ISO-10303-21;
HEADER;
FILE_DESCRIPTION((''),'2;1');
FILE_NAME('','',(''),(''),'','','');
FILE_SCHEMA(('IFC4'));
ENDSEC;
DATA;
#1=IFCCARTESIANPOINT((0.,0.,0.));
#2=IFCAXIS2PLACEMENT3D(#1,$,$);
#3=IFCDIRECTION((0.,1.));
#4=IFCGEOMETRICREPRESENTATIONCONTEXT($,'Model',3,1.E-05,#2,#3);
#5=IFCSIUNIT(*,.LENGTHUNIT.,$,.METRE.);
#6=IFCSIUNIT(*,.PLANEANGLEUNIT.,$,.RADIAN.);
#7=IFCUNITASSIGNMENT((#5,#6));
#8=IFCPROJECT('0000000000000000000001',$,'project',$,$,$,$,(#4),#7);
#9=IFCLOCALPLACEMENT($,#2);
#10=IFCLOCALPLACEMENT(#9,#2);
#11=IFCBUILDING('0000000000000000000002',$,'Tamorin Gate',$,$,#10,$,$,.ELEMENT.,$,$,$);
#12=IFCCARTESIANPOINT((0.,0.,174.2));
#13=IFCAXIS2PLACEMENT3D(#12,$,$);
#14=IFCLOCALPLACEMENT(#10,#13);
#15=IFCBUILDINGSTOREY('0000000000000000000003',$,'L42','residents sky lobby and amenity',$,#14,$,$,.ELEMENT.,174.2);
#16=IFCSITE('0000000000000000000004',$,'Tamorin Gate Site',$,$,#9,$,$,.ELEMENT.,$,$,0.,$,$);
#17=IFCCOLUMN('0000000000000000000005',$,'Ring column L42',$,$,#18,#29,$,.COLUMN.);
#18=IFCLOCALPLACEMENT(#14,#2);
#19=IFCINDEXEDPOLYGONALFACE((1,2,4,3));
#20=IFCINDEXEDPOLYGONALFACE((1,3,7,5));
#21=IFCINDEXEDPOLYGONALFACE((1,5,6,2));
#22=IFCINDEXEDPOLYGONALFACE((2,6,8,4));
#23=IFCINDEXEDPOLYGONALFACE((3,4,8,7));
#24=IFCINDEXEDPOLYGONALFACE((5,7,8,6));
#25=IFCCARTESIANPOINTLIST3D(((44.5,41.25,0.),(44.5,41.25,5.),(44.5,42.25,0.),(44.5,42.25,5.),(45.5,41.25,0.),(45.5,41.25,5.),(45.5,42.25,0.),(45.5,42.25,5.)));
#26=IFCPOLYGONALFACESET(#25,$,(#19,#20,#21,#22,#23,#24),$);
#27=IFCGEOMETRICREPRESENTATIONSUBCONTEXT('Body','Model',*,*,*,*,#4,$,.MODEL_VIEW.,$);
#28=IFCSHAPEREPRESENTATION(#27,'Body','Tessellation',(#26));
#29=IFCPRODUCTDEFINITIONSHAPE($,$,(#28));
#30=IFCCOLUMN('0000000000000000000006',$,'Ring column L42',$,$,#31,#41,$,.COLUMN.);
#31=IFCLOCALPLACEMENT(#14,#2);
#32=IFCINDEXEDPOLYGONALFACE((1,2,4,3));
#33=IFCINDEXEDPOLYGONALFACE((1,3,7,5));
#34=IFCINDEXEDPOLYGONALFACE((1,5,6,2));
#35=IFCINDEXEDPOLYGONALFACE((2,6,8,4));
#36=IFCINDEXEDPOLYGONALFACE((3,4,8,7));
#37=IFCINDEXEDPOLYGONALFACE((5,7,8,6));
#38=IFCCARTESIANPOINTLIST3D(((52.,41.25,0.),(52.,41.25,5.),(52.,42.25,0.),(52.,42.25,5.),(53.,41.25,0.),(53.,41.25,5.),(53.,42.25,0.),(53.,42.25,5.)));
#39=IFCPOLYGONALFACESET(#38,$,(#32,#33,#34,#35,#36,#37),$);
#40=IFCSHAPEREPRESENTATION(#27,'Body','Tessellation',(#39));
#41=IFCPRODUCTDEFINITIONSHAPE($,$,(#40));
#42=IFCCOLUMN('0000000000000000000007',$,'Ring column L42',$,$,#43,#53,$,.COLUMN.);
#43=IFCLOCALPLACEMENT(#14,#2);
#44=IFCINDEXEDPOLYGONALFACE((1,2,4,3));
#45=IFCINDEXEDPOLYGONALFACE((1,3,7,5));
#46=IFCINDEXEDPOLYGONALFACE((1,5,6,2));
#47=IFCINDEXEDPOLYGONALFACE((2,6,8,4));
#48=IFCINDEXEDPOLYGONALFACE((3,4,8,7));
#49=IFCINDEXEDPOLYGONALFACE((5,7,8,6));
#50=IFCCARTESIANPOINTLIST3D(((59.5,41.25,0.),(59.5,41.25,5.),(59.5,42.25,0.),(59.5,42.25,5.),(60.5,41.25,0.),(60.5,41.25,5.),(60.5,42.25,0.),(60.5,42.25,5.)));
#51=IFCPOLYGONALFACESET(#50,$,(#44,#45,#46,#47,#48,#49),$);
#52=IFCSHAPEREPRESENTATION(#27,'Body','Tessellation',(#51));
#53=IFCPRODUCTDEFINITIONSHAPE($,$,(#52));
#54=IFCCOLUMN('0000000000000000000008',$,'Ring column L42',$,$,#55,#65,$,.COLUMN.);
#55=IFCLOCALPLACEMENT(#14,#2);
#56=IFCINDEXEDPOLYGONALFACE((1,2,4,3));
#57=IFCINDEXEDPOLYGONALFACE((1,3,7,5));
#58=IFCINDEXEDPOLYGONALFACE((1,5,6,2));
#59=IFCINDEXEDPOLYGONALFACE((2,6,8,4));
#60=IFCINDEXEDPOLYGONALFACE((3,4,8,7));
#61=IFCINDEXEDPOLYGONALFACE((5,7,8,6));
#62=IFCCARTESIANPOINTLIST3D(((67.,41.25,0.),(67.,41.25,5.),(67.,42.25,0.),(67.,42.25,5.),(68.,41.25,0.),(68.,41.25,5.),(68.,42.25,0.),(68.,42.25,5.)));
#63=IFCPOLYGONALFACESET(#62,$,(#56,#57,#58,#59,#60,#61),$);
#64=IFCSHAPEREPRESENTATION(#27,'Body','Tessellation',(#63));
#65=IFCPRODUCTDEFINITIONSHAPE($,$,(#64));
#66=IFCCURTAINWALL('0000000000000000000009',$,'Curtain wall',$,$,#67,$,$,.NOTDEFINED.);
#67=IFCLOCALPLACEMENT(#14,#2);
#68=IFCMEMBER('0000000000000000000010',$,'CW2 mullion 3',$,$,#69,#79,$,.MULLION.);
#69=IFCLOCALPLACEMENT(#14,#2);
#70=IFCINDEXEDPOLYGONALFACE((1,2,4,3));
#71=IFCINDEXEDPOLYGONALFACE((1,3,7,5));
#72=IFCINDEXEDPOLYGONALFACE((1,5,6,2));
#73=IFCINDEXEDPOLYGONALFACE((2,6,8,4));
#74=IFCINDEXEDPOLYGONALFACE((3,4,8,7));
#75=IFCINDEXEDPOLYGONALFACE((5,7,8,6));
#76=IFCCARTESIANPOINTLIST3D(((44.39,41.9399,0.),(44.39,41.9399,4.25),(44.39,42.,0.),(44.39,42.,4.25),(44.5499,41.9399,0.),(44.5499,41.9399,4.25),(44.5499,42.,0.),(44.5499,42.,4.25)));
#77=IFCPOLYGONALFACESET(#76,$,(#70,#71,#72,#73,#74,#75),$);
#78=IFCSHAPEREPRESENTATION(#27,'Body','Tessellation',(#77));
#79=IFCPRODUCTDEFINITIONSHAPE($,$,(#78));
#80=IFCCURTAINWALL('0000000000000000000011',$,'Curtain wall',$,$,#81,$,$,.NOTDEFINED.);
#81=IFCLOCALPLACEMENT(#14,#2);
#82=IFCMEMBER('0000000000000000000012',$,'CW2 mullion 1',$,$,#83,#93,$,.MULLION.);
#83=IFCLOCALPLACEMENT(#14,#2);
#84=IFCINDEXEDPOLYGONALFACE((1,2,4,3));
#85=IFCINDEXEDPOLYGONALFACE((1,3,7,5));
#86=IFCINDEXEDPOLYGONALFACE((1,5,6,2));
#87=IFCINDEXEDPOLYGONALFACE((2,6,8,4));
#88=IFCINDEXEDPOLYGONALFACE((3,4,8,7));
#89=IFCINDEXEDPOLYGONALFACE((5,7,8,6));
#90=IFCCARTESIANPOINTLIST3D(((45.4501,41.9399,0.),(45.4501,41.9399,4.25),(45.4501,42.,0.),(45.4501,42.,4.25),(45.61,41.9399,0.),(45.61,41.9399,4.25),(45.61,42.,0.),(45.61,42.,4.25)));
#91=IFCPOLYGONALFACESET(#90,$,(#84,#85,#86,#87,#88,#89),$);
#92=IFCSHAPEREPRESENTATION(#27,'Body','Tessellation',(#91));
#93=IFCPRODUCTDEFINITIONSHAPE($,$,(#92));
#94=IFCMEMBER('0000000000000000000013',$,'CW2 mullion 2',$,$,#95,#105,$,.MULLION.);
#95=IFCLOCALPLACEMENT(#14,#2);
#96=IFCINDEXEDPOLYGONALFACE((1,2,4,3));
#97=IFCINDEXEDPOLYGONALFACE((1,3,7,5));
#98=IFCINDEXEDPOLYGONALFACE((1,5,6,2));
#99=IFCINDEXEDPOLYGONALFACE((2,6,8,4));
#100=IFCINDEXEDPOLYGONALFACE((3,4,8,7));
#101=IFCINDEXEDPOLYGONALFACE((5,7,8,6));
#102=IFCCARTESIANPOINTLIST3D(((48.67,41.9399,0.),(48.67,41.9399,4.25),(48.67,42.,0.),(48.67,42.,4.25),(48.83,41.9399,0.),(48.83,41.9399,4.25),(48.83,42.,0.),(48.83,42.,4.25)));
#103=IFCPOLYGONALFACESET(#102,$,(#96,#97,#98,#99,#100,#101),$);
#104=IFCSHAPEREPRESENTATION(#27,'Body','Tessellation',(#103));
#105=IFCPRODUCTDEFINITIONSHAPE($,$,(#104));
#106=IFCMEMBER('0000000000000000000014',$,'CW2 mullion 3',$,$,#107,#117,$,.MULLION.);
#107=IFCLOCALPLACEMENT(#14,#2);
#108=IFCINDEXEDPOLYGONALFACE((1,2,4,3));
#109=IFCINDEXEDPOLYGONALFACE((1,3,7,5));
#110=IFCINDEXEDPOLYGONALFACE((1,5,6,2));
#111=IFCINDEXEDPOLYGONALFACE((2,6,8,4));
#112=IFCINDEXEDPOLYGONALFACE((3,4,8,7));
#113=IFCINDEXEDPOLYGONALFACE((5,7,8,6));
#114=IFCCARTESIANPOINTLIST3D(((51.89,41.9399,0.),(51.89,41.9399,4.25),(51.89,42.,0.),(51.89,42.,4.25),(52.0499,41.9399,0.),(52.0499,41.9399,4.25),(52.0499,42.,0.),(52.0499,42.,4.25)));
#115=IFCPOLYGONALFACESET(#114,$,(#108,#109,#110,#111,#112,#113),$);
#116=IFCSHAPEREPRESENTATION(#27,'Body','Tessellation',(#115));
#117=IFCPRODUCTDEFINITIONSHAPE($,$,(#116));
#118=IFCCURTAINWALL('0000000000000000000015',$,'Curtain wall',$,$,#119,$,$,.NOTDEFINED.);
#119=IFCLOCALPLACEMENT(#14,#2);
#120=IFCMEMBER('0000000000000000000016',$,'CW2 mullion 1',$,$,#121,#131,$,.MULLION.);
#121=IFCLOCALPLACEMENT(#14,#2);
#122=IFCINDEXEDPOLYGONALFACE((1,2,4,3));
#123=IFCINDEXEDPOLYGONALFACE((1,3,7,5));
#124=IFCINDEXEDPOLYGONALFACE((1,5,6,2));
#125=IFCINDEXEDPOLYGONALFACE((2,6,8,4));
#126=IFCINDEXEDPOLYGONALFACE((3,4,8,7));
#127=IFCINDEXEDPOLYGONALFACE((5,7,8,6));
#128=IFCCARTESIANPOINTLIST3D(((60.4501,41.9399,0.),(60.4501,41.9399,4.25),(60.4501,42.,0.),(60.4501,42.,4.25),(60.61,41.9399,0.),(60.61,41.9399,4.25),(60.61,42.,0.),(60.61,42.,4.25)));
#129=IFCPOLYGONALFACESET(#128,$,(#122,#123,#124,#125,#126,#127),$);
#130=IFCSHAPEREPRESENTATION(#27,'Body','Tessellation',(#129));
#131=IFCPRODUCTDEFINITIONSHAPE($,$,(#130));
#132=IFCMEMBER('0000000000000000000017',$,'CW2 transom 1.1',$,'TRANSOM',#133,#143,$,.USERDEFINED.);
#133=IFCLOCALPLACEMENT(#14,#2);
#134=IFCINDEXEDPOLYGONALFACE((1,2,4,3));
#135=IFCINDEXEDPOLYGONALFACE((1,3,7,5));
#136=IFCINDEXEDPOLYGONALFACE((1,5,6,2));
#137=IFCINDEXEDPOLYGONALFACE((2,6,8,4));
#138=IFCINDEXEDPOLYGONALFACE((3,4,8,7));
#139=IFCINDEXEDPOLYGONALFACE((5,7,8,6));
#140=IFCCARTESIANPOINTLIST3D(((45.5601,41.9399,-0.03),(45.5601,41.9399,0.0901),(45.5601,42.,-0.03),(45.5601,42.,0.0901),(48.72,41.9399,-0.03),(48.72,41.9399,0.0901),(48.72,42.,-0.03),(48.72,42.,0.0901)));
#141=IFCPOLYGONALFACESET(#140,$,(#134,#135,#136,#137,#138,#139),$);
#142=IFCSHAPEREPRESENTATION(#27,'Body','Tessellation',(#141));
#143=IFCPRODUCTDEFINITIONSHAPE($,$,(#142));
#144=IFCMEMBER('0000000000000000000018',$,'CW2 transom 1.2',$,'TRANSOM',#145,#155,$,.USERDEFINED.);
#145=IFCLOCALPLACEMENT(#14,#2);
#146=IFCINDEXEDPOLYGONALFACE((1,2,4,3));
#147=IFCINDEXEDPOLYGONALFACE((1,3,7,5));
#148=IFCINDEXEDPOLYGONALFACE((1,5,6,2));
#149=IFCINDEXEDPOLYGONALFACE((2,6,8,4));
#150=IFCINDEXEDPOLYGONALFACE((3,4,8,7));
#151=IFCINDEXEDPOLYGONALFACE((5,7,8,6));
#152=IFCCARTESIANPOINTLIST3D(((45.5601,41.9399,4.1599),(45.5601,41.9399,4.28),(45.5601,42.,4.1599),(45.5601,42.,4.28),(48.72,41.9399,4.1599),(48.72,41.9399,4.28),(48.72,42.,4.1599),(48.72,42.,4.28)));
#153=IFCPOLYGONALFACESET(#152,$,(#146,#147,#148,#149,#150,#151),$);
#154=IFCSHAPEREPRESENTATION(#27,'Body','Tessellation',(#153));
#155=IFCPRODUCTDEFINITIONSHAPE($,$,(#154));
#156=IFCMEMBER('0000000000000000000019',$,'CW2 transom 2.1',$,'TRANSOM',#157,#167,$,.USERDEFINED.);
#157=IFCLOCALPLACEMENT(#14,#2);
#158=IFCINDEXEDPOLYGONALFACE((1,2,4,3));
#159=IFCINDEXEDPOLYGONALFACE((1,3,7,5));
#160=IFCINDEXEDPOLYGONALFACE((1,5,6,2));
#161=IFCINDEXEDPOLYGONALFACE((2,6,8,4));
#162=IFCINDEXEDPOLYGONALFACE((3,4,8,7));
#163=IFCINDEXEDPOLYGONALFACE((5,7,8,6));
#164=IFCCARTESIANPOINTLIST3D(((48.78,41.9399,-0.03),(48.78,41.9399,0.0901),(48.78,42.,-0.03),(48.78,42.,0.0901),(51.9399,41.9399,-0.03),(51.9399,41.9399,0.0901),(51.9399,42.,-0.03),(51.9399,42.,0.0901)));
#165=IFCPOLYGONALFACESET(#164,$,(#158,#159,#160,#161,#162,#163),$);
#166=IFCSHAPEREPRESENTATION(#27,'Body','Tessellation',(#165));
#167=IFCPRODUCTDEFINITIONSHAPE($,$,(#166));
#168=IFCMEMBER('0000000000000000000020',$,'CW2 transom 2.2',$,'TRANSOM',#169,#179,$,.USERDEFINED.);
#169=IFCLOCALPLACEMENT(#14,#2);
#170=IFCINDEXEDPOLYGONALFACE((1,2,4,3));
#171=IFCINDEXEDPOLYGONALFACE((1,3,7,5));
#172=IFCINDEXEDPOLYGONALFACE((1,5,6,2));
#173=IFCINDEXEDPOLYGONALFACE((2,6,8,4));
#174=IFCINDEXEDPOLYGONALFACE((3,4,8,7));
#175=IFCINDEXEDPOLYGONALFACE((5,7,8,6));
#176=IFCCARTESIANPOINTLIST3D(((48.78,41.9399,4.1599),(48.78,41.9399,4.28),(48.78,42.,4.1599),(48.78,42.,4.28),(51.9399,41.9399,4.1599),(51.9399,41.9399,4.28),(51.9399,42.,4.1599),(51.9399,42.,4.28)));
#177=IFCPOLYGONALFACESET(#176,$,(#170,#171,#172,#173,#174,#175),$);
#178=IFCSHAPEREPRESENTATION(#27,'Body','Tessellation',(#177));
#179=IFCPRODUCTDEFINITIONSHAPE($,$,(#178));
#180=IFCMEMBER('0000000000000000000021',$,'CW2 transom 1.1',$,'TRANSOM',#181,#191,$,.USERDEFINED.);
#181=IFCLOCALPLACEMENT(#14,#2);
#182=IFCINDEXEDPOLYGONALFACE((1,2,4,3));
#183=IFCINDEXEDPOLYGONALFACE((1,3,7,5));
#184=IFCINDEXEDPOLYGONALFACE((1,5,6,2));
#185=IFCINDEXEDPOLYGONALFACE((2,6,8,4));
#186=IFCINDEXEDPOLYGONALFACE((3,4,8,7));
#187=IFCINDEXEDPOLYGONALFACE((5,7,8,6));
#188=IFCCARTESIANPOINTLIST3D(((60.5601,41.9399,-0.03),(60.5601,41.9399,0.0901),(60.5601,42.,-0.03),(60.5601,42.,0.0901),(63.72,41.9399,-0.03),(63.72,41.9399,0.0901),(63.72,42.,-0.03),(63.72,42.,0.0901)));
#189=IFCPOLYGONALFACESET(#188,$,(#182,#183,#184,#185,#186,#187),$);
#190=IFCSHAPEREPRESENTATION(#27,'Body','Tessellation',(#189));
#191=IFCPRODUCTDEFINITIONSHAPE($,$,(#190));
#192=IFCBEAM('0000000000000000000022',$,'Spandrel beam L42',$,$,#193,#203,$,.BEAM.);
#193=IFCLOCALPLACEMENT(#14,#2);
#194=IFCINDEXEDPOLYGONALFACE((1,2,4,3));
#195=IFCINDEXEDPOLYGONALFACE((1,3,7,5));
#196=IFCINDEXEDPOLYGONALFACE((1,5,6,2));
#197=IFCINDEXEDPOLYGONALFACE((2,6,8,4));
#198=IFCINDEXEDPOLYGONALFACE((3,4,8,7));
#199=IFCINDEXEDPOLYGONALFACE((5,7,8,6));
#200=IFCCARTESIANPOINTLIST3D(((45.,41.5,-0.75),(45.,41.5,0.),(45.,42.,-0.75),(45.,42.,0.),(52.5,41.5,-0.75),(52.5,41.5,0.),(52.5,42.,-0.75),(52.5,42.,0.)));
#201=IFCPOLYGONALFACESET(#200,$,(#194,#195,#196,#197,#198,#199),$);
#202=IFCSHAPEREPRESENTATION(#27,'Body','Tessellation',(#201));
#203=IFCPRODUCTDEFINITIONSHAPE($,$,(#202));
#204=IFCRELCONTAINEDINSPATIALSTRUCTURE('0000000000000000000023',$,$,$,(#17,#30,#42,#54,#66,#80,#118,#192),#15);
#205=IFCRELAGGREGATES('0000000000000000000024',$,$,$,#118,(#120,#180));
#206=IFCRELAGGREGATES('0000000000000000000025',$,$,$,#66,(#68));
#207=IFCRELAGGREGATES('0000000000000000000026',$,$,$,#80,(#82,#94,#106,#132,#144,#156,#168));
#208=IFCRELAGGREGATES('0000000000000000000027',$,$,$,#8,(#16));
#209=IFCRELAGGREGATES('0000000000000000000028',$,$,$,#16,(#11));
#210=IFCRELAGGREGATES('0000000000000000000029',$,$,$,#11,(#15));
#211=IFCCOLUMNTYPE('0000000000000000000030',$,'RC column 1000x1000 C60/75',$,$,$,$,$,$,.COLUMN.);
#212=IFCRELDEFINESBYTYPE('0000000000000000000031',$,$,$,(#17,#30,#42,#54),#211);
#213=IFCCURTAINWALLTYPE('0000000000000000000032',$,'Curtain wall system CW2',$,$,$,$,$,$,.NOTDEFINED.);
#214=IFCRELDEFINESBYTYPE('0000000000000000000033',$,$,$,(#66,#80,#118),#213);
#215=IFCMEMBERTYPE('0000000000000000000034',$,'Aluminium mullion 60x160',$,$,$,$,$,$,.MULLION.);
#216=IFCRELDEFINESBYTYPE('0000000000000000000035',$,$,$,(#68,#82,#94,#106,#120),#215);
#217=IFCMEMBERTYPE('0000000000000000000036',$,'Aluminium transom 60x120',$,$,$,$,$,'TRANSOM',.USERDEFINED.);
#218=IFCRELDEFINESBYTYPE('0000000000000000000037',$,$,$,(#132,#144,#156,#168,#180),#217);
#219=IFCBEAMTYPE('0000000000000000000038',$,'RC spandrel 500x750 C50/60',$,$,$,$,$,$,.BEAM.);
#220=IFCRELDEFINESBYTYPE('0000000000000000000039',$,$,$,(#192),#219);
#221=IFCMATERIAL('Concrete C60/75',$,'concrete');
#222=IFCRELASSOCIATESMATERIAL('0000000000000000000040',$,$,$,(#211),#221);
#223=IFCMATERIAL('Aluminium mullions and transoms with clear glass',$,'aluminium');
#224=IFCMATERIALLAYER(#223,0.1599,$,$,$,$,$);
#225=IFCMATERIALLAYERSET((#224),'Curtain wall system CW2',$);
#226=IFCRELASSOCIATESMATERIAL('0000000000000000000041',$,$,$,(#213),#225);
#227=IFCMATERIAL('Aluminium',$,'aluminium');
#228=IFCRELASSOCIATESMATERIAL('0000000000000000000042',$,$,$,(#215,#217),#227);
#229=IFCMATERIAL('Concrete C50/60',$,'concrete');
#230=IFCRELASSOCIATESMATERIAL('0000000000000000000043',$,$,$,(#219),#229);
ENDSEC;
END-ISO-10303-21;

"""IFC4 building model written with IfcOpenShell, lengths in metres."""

from ifc_helpers import new_model, si_unit, direction, frame, origin, origin_2d, place, context, subcontext, project, spatial, rectangle, extrude, material, layer, layer_set, material_profile, profile_set, type_object, element, aggregate, save


model = new_model("IFC4")

# Units and contexts
model_context = context("Model", 3, precision=1e-05, world=origin(), true_north=direction((0.0, 1.0)))
body_context = subcontext(model_context, "Body", "Model", "MODEL_VIEW")
ifc_project = project(units=[si_unit("LENGTHUNIT", "METRE"), si_unit("PLANEANGLEUNIT", "RADIAN")], contexts=[model_context])

# Site, building, storey
site_placement = place(None, origin())
site = spatial("IfcSite", under=ifc_project, at=site_placement, Name="Tamorin Gate Site", CompositionType="ELEMENT", RefElevation=0.0)
building_placement = place(site_placement, origin())
building = spatial("IfcBuilding", under=site, at=building_placement, Name="Tamorin Gate", CompositionType="ELEMENT")
storey_placement = place(building_placement, frame((0.0, 0.0, 174.2)))
storey = spatial("IfcBuildingStorey", under=building, at=storey_placement, Name="L42", Description="residents sky lobby and amenity", CompositionType="ELEMENT", Elevation=174.2)

# Columns
ifc_material_1 = material(Name="Concrete C60/75", Category="concrete")
ifc_material_profile_1 = material_profile(ifc_material_1, rectangle(XDim=1.0, YDim=1.0, at=origin_2d()), Name="RC 1000x1000")
ifc_profile_set_1 = profile_set([ifc_material_profile_1], Name="Concrete C60/75")
column_type = type_object("IfcColumnType", Name="RC column 1000x1000 C60/75", PredefinedType="COLUMN", material=ifc_profile_set_1)
for number, where, z_axis, x_axis, name in (
    (1, (45.0, 41.75, 0.0), (0.0, 0.0, 1.0), (1.0, 0.0, 0.0), "Ring column L42"),
    (2, (52.5, 41.75, 0.0), (0.0, 0.0, 1.0), (1.0, 0.0, 0.0), "Ring column L42"),
    (3, (60.0, 41.75, 0.0), (0.0, 0.0, 1.0), (1.0, 0.0, 0.0), "Ring column L42"),
    (4, (67.5, 41.75, 0.0), (0.0, 0.0, 1.0), (1.0, 0.0, 0.0), "Ring column L42"),
):
    element("IfcColumn", number, at=place(storey_placement, frame(where, z_axis=z_axis, x_axis=x_axis)), inside=storey, type_object=column_type, Name=name, PredefinedType="COLUMN", context=body_context, shape_type="SweptSolid", body=[
        extrude(rectangle(XDim=1.0, YDim=1.0, at=origin_2d()), origin(), (0.0, 0.0, 1.0), 5.0),
    ])

# Curtain wall, member
ifc_material_2 = material(Name="Aluminium mullions and transoms with clear glass", Category="aluminium")
ifc_layer_1 = layer(ifc_material_2, 0.1599)
ifc_layer_set_1 = layer_set([ifc_layer_1], Name="Curtain wall system CW2")
curtain_wall_type = type_object("IfcCurtainWallType", Name="Curtain wall system CW2", PredefinedType="NOTDEFINED", material=ifc_layer_set_1)
curtain_wall_1_placement = place(storey_placement, origin())
curtain_wall_1 = element("IfcCurtainWall", 5, at=curtain_wall_1_placement, inside=storey, type_object=curtain_wall_type, Name="Curtain wall", PredefinedType="NOTDEFINED")
ifc_material_3 = material(Name="Aluminium", Category="aluminium")
ifc_material_profile_2 = material_profile(ifc_material_3, rectangle(XDim=0.0601, YDim=0.1599, at=origin_2d()), Name="RECT 60x160")
ifc_profile_set_2 = profile_set([ifc_material_profile_2], Name="Aluminium")
member_type_1 = type_object("IfcMemberType", Name="Aluminium mullion 60x160", PredefinedType="MULLION", material=ifc_profile_set_2)
member_1_placement = place(storey_placement, frame((44.47, 41.97, 0.0), z_axis=(0.0, 0.0, 1.0), x_axis=(0.0, 1.0, 0.0)))
member_1 = element("IfcMember", 6, at=member_1_placement, type_object=member_type_1, Name="CW2 mullion 3", PredefinedType="MULLION", context=body_context, shape_type="SweptSolid", body=[
    extrude(rectangle(XDim=0.0601, YDim=0.1599, at=origin_2d()), origin(), (0.0, 0.0, 1.0), 4.25),
])

# Curtain wall, members
curtain_wall_2_placement = place(storey_placement, origin())
curtain_wall_2 = element("IfcCurtainWall", 7, at=curtain_wall_2_placement, inside=storey, type_object=curtain_wall_type, Name="Curtain wall", PredefinedType="NOTDEFINED")
member_2_placement = place(storey_placement, frame((45.53, 41.97, 0.0), z_axis=(0.0, 0.0, 1.0), x_axis=(0.0, 1.0, 0.0)))
member_2 = element("IfcMember", 8, at=member_2_placement, type_object=member_type_1, Name="CW2 mullion 1", PredefinedType="MULLION", context=body_context, shape_type="SweptSolid", body=[
    extrude(rectangle(XDim=0.0601, YDim=0.1599, at=origin_2d()), origin(), (0.0, 0.0, 1.0), 4.25),
])
member_3_placement = place(storey_placement, frame((48.75, 41.97, 0.0), z_axis=(0.0, 0.0, 1.0), x_axis=(0.0, 1.0, 0.0)))
member_3 = element("IfcMember", 9, at=member_3_placement, type_object=member_type_1, Name="CW2 mullion 2", PredefinedType="MULLION", context=body_context, shape_type="SweptSolid", body=[
    extrude(rectangle(XDim=0.0601, YDim=0.1599, at=origin_2d()), origin(), (0.0, 0.0, 1.0), 4.25),
])
member_4_placement = place(storey_placement, frame((51.97, 41.97, 0.0), z_axis=(0.0, 0.0, 1.0), x_axis=(0.0, 1.0, 0.0)))
member_4 = element("IfcMember", 10, at=member_4_placement, type_object=member_type_1, Name="CW2 mullion 3", PredefinedType="MULLION", context=body_context, shape_type="SweptSolid", body=[
    extrude(rectangle(XDim=0.0601, YDim=0.1599, at=origin_2d()), origin(), (0.0, 0.0, 1.0), 4.25),
])

# Curtain wall, member
curtain_wall_3_placement = place(storey_placement, origin())
curtain_wall_3 = element("IfcCurtainWall", 11, at=curtain_wall_3_placement, inside=storey, type_object=curtain_wall_type, Name="Curtain wall", PredefinedType="NOTDEFINED")
member_5_placement = place(storey_placement, frame((60.53, 41.97, 0.0), z_axis=(0.0, 0.0, 1.0), x_axis=(0.0, 1.0, 0.0)))
member_5 = element("IfcMember", 12, at=member_5_placement, type_object=member_type_1, Name="CW2 mullion 1", PredefinedType="MULLION", context=body_context, shape_type="SweptSolid", body=[
    extrude(rectangle(XDim=0.0601, YDim=0.1599, at=origin_2d()), origin(), (0.0, 0.0, 1.0), 4.25),
])

# Members
ifc_material_profile_3 = material_profile(ifc_material_3, rectangle(XDim=0.0601, YDim=0.1201, at=origin_2d()), Name="RECT 60x120")
ifc_profile_set_3 = profile_set([ifc_material_profile_3], Name="Aluminium")
member_type_2 = type_object("IfcMemberType", Name="Aluminium transom 60x120", ElementType="TRANSOM", PredefinedType="USERDEFINED", material=ifc_profile_set_3)
member_6_placement = place(storey_placement, frame((45.5601, 41.97, 0.03), z_axis=(1.0, 0.0, 0.0), x_axis=(0.0, 1.0, 0.0)))
member_6 = element("IfcMember", 13, at=member_6_placement, type_object=member_type_2, Name="CW2 transom 1.1", ObjectType="TRANSOM", PredefinedType="USERDEFINED", context=body_context, shape_type="SweptSolid", body=[
    extrude(rectangle(XDim=0.0601, YDim=0.1201, at=origin_2d()), origin(), (0.0, 0.0, 1.0), 3.1599),
])
member_7_placement = place(storey_placement, frame((45.5601, 41.97, 4.22), z_axis=(1.0, 0.0, 0.0), x_axis=(0.0, 1.0, 0.0)))
member_7 = element("IfcMember", 14, at=member_7_placement, type_object=member_type_2, Name="CW2 transom 1.2", ObjectType="TRANSOM", PredefinedType="USERDEFINED", context=body_context, shape_type="SweptSolid", body=[
    extrude(rectangle(XDim=0.0601, YDim=0.1201, at=origin_2d()), origin(), (0.0, 0.0, 1.0), 3.1599),
])
member_8_placement = place(storey_placement, frame((48.78, 41.97, 0.03), z_axis=(1.0, 0.0, 0.0), x_axis=(0.0, 1.0, 0.0)))
member_8 = element("IfcMember", 15, at=member_8_placement, type_object=member_type_2, Name="CW2 transom 2.1", ObjectType="TRANSOM", PredefinedType="USERDEFINED", context=body_context, shape_type="SweptSolid", body=[
    extrude(rectangle(XDim=0.0601, YDim=0.1201, at=origin_2d()), origin(), (0.0, 0.0, 1.0), 3.1599),
])
member_9_placement = place(storey_placement, frame((48.78, 41.97, 4.22), z_axis=(1.0, 0.0, 0.0), x_axis=(0.0, 1.0, 0.0)))
member_9 = element("IfcMember", 16, at=member_9_placement, type_object=member_type_2, Name="CW2 transom 2.2", ObjectType="TRANSOM", PredefinedType="USERDEFINED", context=body_context, shape_type="SweptSolid", body=[
    extrude(rectangle(XDim=0.0601, YDim=0.1201, at=origin_2d()), origin(), (0.0, 0.0, 1.0), 3.1599),
])
member_10_placement = place(storey_placement, frame((60.5601, 41.97, 0.03), z_axis=(1.0, 0.0, 0.0), x_axis=(0.0, 1.0, 0.0)))
member_10 = element("IfcMember", 17, at=member_10_placement, type_object=member_type_2, Name="CW2 transom 1.1", ObjectType="TRANSOM", PredefinedType="USERDEFINED", context=body_context, shape_type="SweptSolid", body=[
    extrude(rectangle(XDim=0.0601, YDim=0.1201, at=origin_2d()), origin(), (0.0, 0.0, 1.0), 3.1599),
])
aggregate(curtain_wall_3, [member_5, member_10])

# Beam
ifc_material_4 = material(Name="Concrete C50/60", Category="concrete")
ifc_material_profile_4 = material_profile(ifc_material_4, rectangle(XDim=0.5, YDim=0.75, at=origin_2d()), Name="RC 500x750")
ifc_profile_set_4 = profile_set([ifc_material_profile_4], Name="Concrete C50/60")
beam_type = type_object("IfcBeamType", Name="RC spandrel 500x750 C50/60", PredefinedType="BEAM", material=ifc_profile_set_4)
for number, where, z_axis, x_axis, name in (
    (18, (45.0, 41.75, -0.375), (1.0, 0.0, 0.0), (0.0, 1.0, 0.0), "Spandrel beam L42"),
):
    element("IfcBeam", number, at=place(storey_placement, frame(where, z_axis=z_axis, x_axis=x_axis)), inside=storey, type_object=beam_type, Name=name, PredefinedType="BEAM", context=body_context, shape_type="SweptSolid", body=[
        extrude(rectangle(XDim=0.5, YDim=0.75, at=origin_2d()), origin(), (0.0, 0.0, 1.0), 7.5),
    ])

aggregate(curtain_wall_1, [member_1])
aggregate(curtain_wall_2, [member_2, member_3, member_4, member_6, member_7, member_8, member_9])

save(model, "model.ifc")
